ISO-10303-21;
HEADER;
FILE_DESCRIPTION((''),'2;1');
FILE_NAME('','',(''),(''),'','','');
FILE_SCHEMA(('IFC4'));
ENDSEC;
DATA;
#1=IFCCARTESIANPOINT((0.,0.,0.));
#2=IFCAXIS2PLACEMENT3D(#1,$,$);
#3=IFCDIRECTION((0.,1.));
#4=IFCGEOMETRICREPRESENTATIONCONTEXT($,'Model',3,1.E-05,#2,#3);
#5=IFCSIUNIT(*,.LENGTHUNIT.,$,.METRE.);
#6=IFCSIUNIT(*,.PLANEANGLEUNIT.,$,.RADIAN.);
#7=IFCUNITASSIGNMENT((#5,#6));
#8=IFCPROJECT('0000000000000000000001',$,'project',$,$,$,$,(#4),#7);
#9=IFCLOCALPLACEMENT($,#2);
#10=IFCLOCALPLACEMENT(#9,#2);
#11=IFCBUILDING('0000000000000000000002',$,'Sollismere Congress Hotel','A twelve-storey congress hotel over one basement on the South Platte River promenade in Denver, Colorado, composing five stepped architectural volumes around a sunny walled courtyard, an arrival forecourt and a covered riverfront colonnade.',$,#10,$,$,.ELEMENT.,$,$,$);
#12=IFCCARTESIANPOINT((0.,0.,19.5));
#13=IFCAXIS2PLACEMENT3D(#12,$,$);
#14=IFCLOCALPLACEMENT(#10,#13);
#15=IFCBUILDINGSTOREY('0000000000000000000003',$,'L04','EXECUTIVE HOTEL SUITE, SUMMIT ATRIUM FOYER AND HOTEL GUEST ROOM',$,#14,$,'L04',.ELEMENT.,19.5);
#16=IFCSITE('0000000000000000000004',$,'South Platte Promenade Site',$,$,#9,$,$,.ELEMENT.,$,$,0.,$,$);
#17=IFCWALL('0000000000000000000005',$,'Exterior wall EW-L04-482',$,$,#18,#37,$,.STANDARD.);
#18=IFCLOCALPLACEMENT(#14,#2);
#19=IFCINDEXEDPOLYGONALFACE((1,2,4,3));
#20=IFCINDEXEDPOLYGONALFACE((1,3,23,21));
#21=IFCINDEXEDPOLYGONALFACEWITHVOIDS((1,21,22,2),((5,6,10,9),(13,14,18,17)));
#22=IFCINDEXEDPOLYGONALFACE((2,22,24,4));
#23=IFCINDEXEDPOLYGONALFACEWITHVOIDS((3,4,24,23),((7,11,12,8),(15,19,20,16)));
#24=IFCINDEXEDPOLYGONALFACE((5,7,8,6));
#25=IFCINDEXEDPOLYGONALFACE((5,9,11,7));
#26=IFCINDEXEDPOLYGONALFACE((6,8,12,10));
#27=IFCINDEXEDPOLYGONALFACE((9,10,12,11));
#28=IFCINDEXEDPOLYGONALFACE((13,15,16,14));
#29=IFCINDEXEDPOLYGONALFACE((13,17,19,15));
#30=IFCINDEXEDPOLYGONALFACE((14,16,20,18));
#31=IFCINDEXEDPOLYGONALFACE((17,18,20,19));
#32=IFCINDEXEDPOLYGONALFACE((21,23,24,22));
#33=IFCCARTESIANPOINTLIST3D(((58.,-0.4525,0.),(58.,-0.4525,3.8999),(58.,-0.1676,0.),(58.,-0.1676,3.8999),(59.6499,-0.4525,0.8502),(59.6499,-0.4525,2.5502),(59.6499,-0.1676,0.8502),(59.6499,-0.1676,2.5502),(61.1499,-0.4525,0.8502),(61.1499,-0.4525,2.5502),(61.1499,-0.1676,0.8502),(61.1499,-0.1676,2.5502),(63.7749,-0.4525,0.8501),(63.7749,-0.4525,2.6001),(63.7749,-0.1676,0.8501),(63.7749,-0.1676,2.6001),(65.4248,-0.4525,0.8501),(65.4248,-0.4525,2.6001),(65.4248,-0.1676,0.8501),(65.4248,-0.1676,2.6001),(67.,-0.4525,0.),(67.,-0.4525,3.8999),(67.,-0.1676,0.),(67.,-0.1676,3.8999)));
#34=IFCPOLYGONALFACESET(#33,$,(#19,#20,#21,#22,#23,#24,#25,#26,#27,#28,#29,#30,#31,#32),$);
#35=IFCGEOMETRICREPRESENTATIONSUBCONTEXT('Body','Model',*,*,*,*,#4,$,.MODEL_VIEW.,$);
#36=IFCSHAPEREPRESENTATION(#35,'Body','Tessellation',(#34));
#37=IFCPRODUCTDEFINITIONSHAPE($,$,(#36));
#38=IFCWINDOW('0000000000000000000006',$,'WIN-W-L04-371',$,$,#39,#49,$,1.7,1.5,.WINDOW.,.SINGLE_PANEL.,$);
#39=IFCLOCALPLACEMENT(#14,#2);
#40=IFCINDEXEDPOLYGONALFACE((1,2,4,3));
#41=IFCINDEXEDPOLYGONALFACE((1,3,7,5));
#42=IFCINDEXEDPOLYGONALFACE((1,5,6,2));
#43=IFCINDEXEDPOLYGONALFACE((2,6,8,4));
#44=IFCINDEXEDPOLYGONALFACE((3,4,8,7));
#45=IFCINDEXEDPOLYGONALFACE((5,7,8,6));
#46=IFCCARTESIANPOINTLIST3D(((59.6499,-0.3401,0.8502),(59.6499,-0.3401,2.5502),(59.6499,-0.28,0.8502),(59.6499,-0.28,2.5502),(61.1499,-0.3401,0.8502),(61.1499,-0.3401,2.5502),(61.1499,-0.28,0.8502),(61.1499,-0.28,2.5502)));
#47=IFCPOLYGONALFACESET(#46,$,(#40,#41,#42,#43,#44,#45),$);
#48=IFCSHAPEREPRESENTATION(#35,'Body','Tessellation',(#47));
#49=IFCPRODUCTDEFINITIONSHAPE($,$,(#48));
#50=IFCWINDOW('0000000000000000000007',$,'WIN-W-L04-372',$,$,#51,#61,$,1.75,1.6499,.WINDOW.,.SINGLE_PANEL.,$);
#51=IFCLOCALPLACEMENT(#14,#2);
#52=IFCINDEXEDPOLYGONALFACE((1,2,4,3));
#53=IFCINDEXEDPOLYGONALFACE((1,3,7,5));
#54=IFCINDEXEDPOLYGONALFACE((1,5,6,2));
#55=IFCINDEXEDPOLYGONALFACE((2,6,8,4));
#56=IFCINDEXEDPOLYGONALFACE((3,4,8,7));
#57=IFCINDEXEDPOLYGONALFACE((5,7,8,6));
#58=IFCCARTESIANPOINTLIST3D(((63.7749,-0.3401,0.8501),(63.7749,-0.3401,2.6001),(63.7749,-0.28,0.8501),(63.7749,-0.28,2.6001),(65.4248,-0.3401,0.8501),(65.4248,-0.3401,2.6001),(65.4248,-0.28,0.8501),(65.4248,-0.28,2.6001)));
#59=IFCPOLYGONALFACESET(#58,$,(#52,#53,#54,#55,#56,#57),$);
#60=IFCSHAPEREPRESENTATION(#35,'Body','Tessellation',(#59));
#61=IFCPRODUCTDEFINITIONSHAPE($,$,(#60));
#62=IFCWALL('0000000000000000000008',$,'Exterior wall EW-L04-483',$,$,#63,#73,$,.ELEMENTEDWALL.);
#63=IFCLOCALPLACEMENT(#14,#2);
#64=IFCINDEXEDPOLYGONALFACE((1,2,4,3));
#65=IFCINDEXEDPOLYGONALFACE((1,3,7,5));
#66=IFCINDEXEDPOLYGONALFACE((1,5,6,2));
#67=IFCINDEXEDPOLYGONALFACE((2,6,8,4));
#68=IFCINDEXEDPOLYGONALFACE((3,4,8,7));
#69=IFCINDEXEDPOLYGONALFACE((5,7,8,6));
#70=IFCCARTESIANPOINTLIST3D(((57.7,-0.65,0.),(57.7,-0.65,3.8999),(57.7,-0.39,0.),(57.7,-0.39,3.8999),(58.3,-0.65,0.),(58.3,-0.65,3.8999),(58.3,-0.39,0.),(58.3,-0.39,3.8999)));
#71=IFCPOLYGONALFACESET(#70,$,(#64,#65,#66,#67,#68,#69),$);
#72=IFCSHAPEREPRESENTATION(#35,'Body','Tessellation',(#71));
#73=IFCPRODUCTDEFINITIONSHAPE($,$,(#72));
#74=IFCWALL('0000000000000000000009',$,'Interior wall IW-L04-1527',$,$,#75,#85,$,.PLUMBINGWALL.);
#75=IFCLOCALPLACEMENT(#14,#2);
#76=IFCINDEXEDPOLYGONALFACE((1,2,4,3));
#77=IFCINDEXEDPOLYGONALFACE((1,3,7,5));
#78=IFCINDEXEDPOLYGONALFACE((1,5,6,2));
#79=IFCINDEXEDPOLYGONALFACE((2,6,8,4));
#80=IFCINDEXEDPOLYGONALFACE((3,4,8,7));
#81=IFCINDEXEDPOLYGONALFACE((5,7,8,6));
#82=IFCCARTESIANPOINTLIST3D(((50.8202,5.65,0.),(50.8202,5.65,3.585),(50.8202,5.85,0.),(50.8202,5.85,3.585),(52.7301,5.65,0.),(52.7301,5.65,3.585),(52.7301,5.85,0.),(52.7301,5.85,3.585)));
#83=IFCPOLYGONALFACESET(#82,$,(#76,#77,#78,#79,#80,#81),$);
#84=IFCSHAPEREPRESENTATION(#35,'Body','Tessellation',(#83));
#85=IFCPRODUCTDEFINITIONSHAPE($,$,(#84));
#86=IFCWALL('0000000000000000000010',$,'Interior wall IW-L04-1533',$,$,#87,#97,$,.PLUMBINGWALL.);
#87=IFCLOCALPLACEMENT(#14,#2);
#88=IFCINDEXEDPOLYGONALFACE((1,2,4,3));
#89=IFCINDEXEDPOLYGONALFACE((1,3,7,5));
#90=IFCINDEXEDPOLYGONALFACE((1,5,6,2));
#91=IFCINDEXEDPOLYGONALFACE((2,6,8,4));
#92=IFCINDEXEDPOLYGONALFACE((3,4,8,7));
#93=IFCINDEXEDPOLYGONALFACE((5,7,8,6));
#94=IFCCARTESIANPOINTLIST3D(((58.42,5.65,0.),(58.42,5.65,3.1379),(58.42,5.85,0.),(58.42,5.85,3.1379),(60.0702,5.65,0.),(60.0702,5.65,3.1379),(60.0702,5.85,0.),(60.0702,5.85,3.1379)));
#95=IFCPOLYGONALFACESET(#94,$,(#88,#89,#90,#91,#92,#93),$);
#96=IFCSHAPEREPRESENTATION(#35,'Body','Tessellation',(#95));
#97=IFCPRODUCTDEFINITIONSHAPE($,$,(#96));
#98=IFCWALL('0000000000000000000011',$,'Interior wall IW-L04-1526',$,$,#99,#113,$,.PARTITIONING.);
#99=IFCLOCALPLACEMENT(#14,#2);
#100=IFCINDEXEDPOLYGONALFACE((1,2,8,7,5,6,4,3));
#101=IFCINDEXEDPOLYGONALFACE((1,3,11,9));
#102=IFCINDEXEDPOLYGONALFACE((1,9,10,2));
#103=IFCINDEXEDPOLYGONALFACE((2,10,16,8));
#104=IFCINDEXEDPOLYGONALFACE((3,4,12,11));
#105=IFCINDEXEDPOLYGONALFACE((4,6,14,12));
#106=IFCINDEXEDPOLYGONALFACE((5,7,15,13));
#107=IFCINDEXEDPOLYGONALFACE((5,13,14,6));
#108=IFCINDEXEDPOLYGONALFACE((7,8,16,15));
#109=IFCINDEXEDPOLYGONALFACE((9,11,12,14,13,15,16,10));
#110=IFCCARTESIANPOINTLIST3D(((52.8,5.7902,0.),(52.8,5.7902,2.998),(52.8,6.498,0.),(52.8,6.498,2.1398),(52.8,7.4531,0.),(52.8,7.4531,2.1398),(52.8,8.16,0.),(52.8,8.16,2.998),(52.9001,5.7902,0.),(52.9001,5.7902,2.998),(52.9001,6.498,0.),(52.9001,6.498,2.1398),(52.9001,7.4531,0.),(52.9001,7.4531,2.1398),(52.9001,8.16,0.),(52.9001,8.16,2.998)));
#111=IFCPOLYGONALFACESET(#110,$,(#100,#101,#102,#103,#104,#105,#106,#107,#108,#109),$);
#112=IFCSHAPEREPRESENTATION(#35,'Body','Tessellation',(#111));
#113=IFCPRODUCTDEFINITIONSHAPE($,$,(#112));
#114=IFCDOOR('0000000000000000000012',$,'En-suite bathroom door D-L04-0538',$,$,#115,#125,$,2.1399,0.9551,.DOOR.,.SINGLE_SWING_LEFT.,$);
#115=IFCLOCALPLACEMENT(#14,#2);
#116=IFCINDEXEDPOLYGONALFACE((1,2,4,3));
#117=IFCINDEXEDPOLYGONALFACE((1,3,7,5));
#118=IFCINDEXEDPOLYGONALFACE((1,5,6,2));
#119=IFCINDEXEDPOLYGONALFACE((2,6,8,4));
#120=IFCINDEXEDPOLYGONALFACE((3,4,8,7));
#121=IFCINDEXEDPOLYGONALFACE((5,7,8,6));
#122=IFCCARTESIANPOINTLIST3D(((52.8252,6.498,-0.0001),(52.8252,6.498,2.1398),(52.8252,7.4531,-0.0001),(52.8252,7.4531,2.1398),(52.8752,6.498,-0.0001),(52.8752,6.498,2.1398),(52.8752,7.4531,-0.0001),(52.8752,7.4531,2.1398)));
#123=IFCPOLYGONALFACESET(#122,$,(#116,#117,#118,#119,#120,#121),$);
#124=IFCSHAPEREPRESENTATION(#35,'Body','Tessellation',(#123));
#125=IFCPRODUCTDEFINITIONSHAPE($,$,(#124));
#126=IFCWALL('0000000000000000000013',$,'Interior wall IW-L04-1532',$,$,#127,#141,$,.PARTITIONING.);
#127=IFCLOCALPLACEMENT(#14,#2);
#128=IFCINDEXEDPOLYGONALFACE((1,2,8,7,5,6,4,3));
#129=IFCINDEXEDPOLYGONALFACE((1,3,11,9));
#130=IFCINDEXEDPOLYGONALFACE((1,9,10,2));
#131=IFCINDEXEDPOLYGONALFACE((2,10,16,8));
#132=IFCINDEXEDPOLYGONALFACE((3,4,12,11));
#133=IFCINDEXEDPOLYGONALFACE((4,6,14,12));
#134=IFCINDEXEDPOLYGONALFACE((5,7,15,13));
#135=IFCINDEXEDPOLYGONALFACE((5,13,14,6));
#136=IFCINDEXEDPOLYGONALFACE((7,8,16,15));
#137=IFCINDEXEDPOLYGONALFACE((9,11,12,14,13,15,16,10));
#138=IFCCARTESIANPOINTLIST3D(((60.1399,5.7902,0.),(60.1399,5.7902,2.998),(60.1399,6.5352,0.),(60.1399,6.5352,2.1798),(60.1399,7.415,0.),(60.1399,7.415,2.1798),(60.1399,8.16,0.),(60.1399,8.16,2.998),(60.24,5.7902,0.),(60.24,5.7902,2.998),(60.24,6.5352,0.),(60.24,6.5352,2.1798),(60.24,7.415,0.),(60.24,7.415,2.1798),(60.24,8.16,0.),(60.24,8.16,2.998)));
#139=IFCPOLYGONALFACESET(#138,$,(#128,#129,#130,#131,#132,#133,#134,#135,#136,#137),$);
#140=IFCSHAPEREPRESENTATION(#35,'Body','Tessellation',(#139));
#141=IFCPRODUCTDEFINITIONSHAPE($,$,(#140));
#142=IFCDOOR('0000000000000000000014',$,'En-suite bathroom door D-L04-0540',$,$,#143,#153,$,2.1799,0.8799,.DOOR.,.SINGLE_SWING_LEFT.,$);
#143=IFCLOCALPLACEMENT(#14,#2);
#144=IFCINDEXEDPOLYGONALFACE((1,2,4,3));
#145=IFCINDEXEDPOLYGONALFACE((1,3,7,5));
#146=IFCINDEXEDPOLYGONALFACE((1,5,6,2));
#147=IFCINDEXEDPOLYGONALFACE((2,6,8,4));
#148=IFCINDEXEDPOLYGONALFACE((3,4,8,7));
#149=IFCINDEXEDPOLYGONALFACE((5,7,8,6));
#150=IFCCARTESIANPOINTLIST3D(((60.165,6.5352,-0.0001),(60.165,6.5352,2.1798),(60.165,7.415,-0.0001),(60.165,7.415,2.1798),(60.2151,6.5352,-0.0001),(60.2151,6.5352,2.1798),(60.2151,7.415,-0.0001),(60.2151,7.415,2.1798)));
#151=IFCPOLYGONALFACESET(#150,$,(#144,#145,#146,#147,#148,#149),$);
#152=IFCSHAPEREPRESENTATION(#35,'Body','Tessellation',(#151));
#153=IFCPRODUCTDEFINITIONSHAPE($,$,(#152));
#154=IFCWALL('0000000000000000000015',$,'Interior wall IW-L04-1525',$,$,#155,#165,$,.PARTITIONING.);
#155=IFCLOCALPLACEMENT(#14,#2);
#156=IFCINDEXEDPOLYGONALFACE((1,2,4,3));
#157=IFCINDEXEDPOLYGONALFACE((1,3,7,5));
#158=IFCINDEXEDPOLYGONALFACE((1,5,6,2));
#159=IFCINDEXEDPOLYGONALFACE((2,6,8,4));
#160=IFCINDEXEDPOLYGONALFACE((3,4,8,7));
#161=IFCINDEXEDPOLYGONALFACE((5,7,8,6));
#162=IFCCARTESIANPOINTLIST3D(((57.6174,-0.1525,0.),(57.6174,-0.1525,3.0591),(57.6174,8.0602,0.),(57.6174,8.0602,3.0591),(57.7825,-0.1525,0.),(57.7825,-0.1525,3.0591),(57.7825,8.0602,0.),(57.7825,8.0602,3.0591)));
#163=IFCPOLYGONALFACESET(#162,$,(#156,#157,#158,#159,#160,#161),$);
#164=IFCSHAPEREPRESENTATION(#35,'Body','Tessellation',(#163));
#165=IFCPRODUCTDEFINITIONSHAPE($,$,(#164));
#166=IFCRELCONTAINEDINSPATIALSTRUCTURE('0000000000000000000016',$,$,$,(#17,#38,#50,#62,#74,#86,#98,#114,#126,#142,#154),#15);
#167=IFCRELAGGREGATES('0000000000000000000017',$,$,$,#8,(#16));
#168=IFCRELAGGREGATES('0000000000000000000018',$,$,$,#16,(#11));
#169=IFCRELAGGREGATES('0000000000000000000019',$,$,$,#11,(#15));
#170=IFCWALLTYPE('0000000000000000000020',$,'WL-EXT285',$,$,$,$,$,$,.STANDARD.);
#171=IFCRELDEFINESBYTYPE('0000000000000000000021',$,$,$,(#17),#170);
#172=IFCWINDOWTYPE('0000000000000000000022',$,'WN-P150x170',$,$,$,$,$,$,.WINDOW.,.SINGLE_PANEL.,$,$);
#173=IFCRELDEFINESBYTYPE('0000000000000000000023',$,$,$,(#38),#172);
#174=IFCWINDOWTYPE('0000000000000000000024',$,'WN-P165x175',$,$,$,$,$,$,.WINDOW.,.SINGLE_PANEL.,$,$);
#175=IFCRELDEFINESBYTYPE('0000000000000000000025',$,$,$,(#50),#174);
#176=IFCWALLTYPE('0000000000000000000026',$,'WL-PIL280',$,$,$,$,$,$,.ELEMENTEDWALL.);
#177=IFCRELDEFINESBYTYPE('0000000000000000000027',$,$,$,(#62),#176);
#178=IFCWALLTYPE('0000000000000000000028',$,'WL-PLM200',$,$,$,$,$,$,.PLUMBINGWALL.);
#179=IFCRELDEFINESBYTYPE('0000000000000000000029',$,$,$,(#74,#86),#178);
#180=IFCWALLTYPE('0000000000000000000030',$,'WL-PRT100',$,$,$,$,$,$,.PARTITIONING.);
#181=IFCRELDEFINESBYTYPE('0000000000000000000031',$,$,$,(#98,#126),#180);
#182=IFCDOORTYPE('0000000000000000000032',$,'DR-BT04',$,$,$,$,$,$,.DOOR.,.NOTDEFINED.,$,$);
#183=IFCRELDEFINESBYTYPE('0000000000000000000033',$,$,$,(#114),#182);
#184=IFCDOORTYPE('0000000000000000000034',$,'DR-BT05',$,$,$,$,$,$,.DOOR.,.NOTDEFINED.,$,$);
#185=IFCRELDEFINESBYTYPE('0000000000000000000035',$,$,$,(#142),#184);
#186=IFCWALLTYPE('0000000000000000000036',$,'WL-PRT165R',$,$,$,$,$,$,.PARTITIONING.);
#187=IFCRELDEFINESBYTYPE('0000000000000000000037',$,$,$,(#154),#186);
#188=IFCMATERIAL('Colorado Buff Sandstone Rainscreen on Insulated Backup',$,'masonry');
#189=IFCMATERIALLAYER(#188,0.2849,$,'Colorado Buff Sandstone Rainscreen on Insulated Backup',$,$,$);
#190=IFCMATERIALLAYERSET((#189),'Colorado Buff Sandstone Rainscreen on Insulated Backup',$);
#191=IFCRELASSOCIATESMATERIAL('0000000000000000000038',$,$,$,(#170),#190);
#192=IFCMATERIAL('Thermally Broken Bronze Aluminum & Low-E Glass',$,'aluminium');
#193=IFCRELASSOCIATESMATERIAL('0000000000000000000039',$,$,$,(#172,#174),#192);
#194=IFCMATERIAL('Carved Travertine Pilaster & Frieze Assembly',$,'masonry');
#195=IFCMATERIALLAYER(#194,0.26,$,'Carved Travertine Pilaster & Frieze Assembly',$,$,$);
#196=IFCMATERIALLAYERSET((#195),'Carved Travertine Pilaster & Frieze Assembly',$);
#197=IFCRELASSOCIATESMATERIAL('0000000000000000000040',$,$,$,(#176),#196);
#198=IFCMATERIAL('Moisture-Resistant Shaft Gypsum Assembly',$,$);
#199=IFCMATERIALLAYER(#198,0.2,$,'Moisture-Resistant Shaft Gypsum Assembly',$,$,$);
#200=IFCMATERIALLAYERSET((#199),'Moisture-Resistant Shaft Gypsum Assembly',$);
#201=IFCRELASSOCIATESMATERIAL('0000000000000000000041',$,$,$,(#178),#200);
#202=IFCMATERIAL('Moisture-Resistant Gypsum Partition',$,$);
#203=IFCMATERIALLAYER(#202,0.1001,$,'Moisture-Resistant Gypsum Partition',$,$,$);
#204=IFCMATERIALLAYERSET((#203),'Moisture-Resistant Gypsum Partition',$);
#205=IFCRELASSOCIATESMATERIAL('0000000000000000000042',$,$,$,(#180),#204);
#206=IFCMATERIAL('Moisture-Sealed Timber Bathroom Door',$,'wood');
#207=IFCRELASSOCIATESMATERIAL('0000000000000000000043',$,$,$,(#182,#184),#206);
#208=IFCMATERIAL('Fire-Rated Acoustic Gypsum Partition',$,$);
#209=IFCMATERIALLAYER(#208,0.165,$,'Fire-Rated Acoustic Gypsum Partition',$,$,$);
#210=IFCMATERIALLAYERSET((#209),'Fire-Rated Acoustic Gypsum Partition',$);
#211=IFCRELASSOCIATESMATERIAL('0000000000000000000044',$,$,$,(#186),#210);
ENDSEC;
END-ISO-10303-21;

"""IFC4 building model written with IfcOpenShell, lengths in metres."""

from ifc_helpers import new_model, si_unit, direction, frame, frame_2d, origin, place, context, subcontext, project, spatial, rectangle, extrude, material, layer, layer_set, type_object, element, fill, save


model = new_model("IFC4")

# Units and contexts
model_context = context("Model", 3, precision=1e-05, world=origin(), true_north=direction((0.0, 1.0)))
body_context = subcontext(model_context, "Body", "Model", "MODEL_VIEW")
ifc_project = project(units=[si_unit("LENGTHUNIT", "METRE"), si_unit("PLANEANGLEUNIT", "RADIAN")], contexts=[model_context])

# Site, building, storey
site_placement = place(None, origin())
site = spatial("IfcSite", under=ifc_project, at=site_placement, Name="South Platte Promenade Site", CompositionType="ELEMENT", RefElevation=0.0)
building_placement = place(site_placement, origin())
building = spatial("IfcBuilding", under=site, at=building_placement, Name="Sollismere Congress Hotel", Description="A twelve-storey congress hotel over one basement on the South Platte River promenade in Denver, Colorado, composing five stepped architectural volumes around a sunny walled courtyard, an arrival forecourt and a covered riverfront colonnade.", CompositionType="ELEMENT")
storey_placement = place(building_placement, frame((0.0, 0.0, 19.5)))
storey = spatial("IfcBuildingStorey", under=building, at=storey_placement, Name="L04", Description="EXECUTIVE HOTEL SUITE, SUMMIT ATRIUM FOYER AND HOTEL GUEST ROOM", LongName="L04", CompositionType="ELEMENT", Elevation=19.5)

# Wall, openings, windows
ifc_material_1 = material(Name="Colorado Buff Sandstone Rainscreen on Insulated Backup", Category="masonry")
ifc_layer_1 = layer(ifc_material_1, 0.2849, Name="Colorado Buff Sandstone Rainscreen on Insulated Backup")
ifc_layer_set_1 = layer_set([ifc_layer_1], Name="Colorado Buff Sandstone Rainscreen on Insulated Backup")
wall_type_1 = type_object("IfcWallType", Name="WL-EXT285", PredefinedType="STANDARD", material=ifc_layer_set_1)
wall_1_placement = place(storey_placement, frame((58.0, -0.3101, 0.0), z_axis=(0.0, 0.0, 1.0), x_axis=(1.0, 0.0, 0.0)))
wall_1 = element("IfcWall", 1, at=wall_1_placement, inside=storey, type_object=wall_type_1, Name="Exterior wall EW-L04-482", PredefinedType="STANDARD", context=body_context, shape_type="SweptSolid", body=[
    extrude(rectangle(XDim=9.0, YDim=0.2849, at=frame_2d((4.5, 0.0))), origin(), (0.0, 0.0, 1.0), 3.8999),
])
opening_1_placement = place(wall_1_placement, frame((1.6499, 0.0, 0.8501)))
opening_1 = element("IfcOpeningElement", 2, at=opening_1_placement, cuts=wall_1, PredefinedType="OPENING", context=body_context, shape_type="SweptSolid", body=[
    extrude(rectangle(XDim=1.5, YDim=1.7, at=frame_2d((0.75, 0.8501))), frame((0.0, 0.1523, 0.0), z_axis=(0.0, -1.0, 0.0), x_axis=(1.0, 0.0, 0.0)), (0.0, 0.0, 1.0), 0.3049),
])
opening_2_placement = place(wall_1_placement, frame((5.7749, 0.0, 0.8501)))
opening_2 = element("IfcOpeningElement", 3, at=opening_2_placement, cuts=wall_1, PredefinedType="OPENING", context=body_context, shape_type="SweptSolid", body=[
    extrude(rectangle(XDim=1.6499, YDim=1.75, at=frame_2d((0.825, 0.875))), frame((0.0, 0.1523, 0.0), z_axis=(0.0, -1.0, 0.0), x_axis=(1.0, 0.0, 0.0)), (0.0, 0.0, 1.0), 0.3049),
])
ifc_material_2 = material(Name="Thermally Broken Bronze Aluminum & Low-E Glass", Category="aluminium")
window_type_1 = type_object("IfcWindowType", Name="WN-P150x170", PartitioningType="SINGLE_PANEL", PredefinedType="WINDOW", material=ifc_material_2)
window_1_placement = place(opening_1_placement, origin())
window_1 = element("IfcWindow", 4, at=window_1_placement, inside=storey, type_object=window_type_1, Name="WIN-W-L04-371", OverallHeight=1.7, OverallWidth=1.5, PartitioningType="SINGLE_PANEL", PredefinedType="WINDOW", context=body_context, shape_type="SweptSolid", body=[
    extrude(rectangle(XDim=1.5, YDim=1.7, at=frame_2d((0.75, 0.8501))), frame((0.0, 0.03, 0.0), z_axis=(0.0, -1.0, 0.0), x_axis=(1.0, 0.0, 0.0)), (0.0, 0.0, 1.0), 0.0601),
])
fill(opening_1, window_1)
window_type_2 = type_object("IfcWindowType", Name="WN-P165x175", PartitioningType="SINGLE_PANEL", PredefinedType="WINDOW", material=ifc_material_2)
window_2_placement = place(opening_2_placement, origin())
window_2 = element("IfcWindow", 5, at=window_2_placement, inside=storey, type_object=window_type_2, Name="WIN-W-L04-372", OverallHeight=1.75, OverallWidth=1.6499, PartitioningType="SINGLE_PANEL", PredefinedType="WINDOW", context=body_context, shape_type="SweptSolid", body=[
    extrude(rectangle(XDim=1.6499, YDim=1.75, at=frame_2d((0.825, 0.875))), frame((0.0, 0.03, 0.0), z_axis=(0.0, -1.0, 0.0), x_axis=(1.0, 0.0, 0.0)), (0.0, 0.0, 1.0), 0.0601),
])
fill(opening_2, window_2)

# Walls
ifc_material_3 = material(Name="Carved Travertine Pilaster & Frieze Assembly", Category="masonry")
ifc_layer_2 = layer(ifc_material_3, 0.26, Name="Carved Travertine Pilaster & Frieze Assembly")
ifc_layer_set_2 = layer_set([ifc_layer_2], Name="Carved Travertine Pilaster & Frieze Assembly")
wall_type_2 = type_object("IfcWallType", Name="WL-PIL280", PredefinedType="ELEMENTEDWALL", material=ifc_layer_set_2)
wall_2_placement = place(storey_placement, frame((57.7, -0.52, 0.0), z_axis=(0.0, 0.0, 1.0), x_axis=(1.0, 0.0, 0.0)))
element("IfcWall", 6, at=wall_2_placement, inside=storey, type_object=wall_type_2, Name="Exterior wall EW-L04-483", PredefinedType="ELEMENTEDWALL", context=body_context, shape_type="SweptSolid", body=[
    extrude(rectangle(XDim=0.6001, YDim=0.26, at=frame_2d((0.3, 0.0))), origin(), (0.0, 0.0, 1.0), 3.8999),
])
ifc_material_4 = material(Name="Moisture-Resistant Shaft Gypsum Assembly")
ifc_layer_3 = layer(ifc_material_4, 0.2, Name="Moisture-Resistant Shaft Gypsum Assembly")
ifc_layer_set_3 = layer_set([ifc_layer_3], Name="Moisture-Resistant Shaft Gypsum Assembly")
wall_type_3 = type_object("IfcWallType", Name="WL-PLM200", PredefinedType="PLUMBINGWALL", material=ifc_layer_set_3)
wall_3_placement = place(storey_placement, frame((50.8201, 5.75, 0.0), z_axis=(0.0, 0.0, 1.0), x_axis=(1.0, 0.0, 0.0)))
element("IfcWall", 7, at=wall_3_placement, inside=storey, type_object=wall_type_3, Name="Interior wall IW-L04-1527", PredefinedType="PLUMBINGWALL", context=body_context, shape_type="SweptSolid", body=[
    extrude(rectangle(XDim=1.9099, YDim=0.2, at=frame_2d((0.9551, 0.0))), origin(), (0.0, 0.0, 1.0), 3.585),
])
wall_4_placement = place(storey_placement, frame((58.4199, 5.75, 0.0), z_axis=(0.0, 0.0, 1.0), x_axis=(1.0, 0.0, 0.0)))
element("IfcWall", 8, at=wall_4_placement, inside=storey, type_object=wall_type_3, Name="Interior wall IW-L04-1533", PredefinedType="PLUMBINGWALL", context=body_context, shape_type="SweptSolid", body=[
    extrude(rectangle(XDim=1.6501, YDim=0.2, at=frame_2d((0.8252, 0.0))), origin(), (0.0, 0.0, 1.0), 3.1379),
])

# Walls, openings, doors
ifc_material_5 = material(Name="Moisture-Resistant Gypsum Partition")
ifc_layer_4 = layer(ifc_material_5, 0.1001, Name="Moisture-Resistant Gypsum Partition")
ifc_layer_set_4 = layer_set([ifc_layer_4], Name="Moisture-Resistant Gypsum Partition")
wall_type_4 = type_object("IfcWallType", Name="WL-PRT100", PredefinedType="PARTITIONING", material=ifc_layer_set_4)
wall_5_placement = place(storey_placement, frame((52.8501, 5.79, 0.0), z_axis=(0.0, 0.0, 1.0), x_axis=(0.0, 1.0, 0.0)))
wall_5 = element("IfcWall", 9, at=wall_5_placement, inside=storey, type_object=wall_type_4, Name="Interior wall IW-L04-1526", PredefinedType="PARTITIONING", context=body_context, shape_type="SweptSolid", body=[
    extrude(rectangle(XDim=2.3699, YDim=0.1001, at=frame_2d((1.1851, 0.0))), origin(), (0.0, 0.0, 1.0), 2.998),
])
opening_3_placement = place(wall_5_placement, frame((0.708, 0.0, 0.0)))
opening_3 = element("IfcOpeningElement", 10, at=opening_3_placement, cuts=wall_5, PredefinedType="OPENING", context=body_context, shape_type="SweptSolid", body=[
    extrude(rectangle(XDim=0.9551, YDim=2.1399, at=frame_2d((0.4775, 1.0698))), frame((0.0, 0.0601, 0.0), z_axis=(0.0, -1.0, 0.0), x_axis=(1.0, 0.0, 0.0)), (0.0, 0.0, 1.0), 0.1201),
])
ifc_material_6 = material(Name="Moisture-Sealed Timber Bathroom Door", Category="wood")
door_type_1 = type_object("IfcDoorType", Name="DR-BT04", OperationType="NOTDEFINED", PredefinedType="DOOR", material=ifc_material_6)
door_1_placement = place(opening_3_placement, origin())
door_1 = element("IfcDoor", 11, at=door_1_placement, inside=storey, type_object=door_type_1, Name="En-suite bathroom door D-L04-0538", OperationType="SINGLE_SWING_LEFT", OverallHeight=2.1399, OverallWidth=0.9551, PredefinedType="DOOR", context=body_context, shape_type="SweptSolid", body=[
    extrude(rectangle(XDim=0.9551, YDim=2.1399, at=frame_2d((0.4775, 1.0698))), frame((0.0, 0.0249, 0.0), z_axis=(0.0, -1.0, 0.0), x_axis=(1.0, 0.0, 0.0)), (0.0, 0.0, 1.0), 0.05),
])
fill(opening_3, door_1)
wall_6_placement = place(storey_placement, frame((60.1899, 5.79, 0.0), z_axis=(0.0, 0.0, 1.0), x_axis=(0.0, 1.0, 0.0)))
wall_6 = element("IfcWall", 12, at=wall_6_placement, inside=storey, type_object=wall_type_4, Name="Interior wall IW-L04-1532", PredefinedType="PARTITIONING", context=body_context, shape_type="SweptSolid", body=[
    extrude(rectangle(XDim=2.3699, YDim=0.1001, at=frame_2d((1.1851, 0.0))), origin(), (0.0, 0.0, 1.0), 2.998),
])
opening_4_placement = place(wall_6_placement, frame((0.7451, 0.0, 0.0)))
opening_4 = element("IfcOpeningElement", 13, at=opening_4_placement, cuts=wall_6, PredefinedType="OPENING", context=body_context, shape_type="SweptSolid", body=[
    extrude(rectangle(XDim=0.8799, YDim=2.1799, at=frame_2d((0.4399, 1.0898))), frame((0.0, 0.0601, 0.0), z_axis=(0.0, -1.0, 0.0), x_axis=(1.0, 0.0, 0.0)), (0.0, 0.0, 1.0), 0.1201),
])
door_type_2 = type_object("IfcDoorType", Name="DR-BT05", OperationType="NOTDEFINED", PredefinedType="DOOR", material=ifc_material_6)
door_2_placement = place(opening_4_placement, origin())
door_2 = element("IfcDoor", 14, at=door_2_placement, inside=storey, type_object=door_type_2, Name="En-suite bathroom door D-L04-0540", OperationType="SINGLE_SWING_LEFT", OverallHeight=2.1799, OverallWidth=0.8799, PredefinedType="DOOR", context=body_context, shape_type="SweptSolid", body=[
    extrude(rectangle(XDim=0.8799, YDim=2.1799, at=frame_2d((0.4399, 1.0898))), frame((0.0, 0.0249, 0.0), z_axis=(0.0, -1.0, 0.0), x_axis=(1.0, 0.0, 0.0)), (0.0, 0.0, 1.0), 0.05),
])
fill(opening_4, door_2)

# Wall
ifc_material_7 = material(Name="Fire-Rated Acoustic Gypsum Partition")
ifc_layer_5 = layer(ifc_material_7, 0.165, Name="Fire-Rated Acoustic Gypsum Partition")
ifc_layer_set_5 = layer_set([ifc_layer_5], Name="Fire-Rated Acoustic Gypsum Partition")
wall_type_5 = type_object("IfcWallType", Name="WL-PRT165R", PredefinedType="PARTITIONING", material=ifc_layer_set_5)
wall_7_placement = place(storey_placement, frame((57.7, -0.1526, 0.0), z_axis=(0.0, 0.0, 1.0), x_axis=(0.0, 1.0, 0.0)))
element("IfcWall", 15, at=wall_7_placement, inside=storey, type_object=wall_type_5, Name="Interior wall IW-L04-1525", PredefinedType="PARTITIONING", context=body_context, shape_type="SweptSolid", body=[
    extrude(rectangle(XDim=8.2126, YDim=0.165, at=frame_2d((4.1064, 0.0))), origin(), (0.0, 0.0, 1.0), 3.0591),
])

save(model, "model.ifc")
